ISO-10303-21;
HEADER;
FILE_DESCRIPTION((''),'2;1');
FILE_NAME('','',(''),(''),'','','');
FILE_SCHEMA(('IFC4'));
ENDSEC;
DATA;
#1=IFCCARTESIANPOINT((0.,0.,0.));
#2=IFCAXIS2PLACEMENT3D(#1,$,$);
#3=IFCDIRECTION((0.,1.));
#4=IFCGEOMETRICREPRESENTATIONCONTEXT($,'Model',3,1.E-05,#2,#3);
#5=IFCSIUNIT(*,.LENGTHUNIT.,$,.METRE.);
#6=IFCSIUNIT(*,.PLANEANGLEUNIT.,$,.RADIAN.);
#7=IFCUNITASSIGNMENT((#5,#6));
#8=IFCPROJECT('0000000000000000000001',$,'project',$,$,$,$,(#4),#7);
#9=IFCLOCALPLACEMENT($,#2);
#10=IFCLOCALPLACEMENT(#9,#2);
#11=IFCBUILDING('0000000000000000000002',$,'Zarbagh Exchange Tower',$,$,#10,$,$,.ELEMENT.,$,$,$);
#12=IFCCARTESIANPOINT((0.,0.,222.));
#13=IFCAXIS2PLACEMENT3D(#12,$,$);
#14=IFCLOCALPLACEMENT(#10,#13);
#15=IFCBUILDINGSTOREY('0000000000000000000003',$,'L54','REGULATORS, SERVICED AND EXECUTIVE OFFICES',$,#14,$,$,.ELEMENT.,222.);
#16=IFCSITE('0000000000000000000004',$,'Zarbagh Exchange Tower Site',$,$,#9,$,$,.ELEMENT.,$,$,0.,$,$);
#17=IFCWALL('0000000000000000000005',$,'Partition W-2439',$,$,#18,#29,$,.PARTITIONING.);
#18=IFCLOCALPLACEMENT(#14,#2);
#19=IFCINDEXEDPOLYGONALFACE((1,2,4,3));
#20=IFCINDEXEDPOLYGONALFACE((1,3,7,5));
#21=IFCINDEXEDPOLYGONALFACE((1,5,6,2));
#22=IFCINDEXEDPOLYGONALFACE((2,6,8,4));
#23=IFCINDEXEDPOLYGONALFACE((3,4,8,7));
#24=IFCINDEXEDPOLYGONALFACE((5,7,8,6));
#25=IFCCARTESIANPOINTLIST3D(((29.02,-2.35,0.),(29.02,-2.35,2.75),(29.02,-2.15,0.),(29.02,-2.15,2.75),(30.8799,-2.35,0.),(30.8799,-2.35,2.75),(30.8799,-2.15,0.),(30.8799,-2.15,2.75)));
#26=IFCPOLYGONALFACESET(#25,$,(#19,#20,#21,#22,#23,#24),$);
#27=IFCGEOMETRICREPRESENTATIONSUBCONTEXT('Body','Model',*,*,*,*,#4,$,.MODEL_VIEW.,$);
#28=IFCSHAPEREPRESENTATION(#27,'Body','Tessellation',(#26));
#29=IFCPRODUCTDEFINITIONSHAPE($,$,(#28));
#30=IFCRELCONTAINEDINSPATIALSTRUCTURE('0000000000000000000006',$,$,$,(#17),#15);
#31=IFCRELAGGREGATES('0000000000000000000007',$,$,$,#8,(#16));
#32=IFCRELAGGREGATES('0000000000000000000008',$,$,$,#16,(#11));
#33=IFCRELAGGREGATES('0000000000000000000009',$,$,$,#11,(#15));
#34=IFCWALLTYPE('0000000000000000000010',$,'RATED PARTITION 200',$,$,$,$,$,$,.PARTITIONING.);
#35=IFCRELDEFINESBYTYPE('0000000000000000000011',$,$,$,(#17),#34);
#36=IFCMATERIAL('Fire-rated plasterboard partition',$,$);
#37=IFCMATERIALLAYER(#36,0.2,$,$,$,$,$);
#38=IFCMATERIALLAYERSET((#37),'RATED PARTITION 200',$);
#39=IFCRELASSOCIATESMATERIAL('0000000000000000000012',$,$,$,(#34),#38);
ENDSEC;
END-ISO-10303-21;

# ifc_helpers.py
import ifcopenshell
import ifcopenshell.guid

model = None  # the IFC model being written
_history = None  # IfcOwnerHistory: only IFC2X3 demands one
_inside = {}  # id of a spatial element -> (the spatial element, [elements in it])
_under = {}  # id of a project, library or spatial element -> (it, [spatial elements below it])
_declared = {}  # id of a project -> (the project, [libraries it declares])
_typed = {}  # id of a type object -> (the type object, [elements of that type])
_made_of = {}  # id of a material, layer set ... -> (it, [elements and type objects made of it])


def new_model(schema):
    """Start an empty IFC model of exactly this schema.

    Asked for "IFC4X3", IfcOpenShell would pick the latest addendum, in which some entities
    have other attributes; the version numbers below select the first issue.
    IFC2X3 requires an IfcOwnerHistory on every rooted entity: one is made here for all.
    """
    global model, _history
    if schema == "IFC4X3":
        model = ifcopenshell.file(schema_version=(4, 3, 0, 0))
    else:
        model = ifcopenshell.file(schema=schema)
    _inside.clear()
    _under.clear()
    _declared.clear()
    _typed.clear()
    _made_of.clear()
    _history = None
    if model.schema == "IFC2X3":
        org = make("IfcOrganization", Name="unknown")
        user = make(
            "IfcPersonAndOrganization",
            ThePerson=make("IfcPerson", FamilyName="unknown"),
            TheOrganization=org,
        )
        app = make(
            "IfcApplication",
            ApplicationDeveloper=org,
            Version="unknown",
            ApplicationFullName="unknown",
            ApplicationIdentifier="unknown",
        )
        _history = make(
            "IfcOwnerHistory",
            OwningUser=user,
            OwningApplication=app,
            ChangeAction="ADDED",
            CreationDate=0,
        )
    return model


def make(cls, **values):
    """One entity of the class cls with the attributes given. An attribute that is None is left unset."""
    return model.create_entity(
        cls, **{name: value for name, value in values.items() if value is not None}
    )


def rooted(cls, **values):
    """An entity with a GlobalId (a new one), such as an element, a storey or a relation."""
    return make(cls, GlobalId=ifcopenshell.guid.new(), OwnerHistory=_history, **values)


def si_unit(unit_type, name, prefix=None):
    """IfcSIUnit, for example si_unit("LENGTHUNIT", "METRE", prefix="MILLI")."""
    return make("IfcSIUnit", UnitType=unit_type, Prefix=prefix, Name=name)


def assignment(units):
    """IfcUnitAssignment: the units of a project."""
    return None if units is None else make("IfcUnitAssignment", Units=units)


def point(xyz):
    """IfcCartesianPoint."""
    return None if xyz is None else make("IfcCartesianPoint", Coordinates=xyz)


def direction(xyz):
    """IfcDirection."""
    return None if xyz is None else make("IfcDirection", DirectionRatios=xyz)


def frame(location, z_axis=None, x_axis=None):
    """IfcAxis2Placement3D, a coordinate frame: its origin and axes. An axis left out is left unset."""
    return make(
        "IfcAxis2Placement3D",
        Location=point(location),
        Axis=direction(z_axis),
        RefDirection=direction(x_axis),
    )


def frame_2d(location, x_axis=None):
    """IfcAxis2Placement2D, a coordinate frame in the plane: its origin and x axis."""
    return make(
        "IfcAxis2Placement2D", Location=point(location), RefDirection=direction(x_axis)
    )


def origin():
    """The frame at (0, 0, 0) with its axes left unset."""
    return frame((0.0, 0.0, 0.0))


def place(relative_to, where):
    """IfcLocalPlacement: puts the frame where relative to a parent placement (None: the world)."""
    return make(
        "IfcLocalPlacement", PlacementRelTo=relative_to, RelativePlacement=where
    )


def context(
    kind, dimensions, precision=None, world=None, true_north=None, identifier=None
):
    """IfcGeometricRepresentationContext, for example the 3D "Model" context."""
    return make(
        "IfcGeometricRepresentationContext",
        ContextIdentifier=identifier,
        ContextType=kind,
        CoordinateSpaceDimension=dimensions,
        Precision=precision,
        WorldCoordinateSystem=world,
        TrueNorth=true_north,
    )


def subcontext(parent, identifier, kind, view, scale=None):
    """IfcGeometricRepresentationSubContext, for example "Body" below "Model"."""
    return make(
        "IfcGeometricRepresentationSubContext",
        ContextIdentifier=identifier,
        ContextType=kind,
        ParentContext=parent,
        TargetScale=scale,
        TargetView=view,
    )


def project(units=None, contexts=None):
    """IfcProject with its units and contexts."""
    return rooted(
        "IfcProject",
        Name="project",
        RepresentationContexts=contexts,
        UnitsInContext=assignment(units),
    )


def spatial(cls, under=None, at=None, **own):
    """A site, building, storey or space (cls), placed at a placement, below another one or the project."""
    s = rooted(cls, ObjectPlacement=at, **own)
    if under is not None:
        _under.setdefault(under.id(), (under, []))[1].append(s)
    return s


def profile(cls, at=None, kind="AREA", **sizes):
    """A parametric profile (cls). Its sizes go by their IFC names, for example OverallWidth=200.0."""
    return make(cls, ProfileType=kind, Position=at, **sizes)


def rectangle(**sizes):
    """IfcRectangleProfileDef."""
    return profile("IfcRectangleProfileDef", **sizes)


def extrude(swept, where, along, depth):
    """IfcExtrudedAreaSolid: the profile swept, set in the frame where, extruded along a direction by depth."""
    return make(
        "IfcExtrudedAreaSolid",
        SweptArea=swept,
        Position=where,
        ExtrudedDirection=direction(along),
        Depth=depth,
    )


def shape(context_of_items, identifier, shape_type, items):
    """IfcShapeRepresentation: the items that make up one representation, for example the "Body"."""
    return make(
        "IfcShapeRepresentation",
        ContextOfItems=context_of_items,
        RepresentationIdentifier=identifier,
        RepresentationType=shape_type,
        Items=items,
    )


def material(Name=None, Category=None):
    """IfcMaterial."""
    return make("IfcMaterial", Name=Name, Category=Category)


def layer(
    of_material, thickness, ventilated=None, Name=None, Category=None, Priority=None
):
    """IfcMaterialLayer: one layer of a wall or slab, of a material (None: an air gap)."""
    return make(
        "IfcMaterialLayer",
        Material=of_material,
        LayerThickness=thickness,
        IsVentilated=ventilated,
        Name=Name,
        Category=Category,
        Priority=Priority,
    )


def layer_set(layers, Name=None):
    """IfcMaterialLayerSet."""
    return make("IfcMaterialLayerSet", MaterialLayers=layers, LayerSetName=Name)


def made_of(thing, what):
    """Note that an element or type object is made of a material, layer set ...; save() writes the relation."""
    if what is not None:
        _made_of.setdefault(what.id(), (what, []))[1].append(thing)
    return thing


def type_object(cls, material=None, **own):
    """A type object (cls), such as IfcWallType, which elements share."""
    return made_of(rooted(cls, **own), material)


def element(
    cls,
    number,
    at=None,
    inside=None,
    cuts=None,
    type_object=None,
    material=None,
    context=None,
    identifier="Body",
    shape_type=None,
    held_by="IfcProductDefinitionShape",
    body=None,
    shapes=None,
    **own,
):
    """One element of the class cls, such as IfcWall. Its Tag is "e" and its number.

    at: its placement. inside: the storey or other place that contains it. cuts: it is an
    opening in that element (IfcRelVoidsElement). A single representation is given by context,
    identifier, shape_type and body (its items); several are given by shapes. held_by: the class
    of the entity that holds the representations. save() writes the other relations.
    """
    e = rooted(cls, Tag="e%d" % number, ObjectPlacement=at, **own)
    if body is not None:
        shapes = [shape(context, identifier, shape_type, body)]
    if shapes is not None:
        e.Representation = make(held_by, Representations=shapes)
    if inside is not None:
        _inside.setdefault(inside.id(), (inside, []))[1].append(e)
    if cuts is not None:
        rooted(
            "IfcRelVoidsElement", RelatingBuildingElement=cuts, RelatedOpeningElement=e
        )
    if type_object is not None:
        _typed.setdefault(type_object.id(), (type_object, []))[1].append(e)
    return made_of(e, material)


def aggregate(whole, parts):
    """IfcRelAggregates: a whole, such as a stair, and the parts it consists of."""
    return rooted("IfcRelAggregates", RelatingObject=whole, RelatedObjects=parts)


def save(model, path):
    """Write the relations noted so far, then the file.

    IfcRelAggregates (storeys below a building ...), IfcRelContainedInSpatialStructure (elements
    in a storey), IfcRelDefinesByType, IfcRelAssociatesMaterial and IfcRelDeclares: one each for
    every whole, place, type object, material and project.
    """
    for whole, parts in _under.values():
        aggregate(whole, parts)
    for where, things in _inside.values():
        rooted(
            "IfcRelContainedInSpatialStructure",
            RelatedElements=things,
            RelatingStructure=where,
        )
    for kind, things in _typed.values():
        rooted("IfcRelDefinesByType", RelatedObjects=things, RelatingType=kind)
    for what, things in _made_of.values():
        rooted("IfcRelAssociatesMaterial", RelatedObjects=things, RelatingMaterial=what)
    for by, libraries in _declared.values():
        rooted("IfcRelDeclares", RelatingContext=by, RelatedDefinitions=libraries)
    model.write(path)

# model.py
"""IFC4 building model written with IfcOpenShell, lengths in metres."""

from ifc_helpers import new_model, si_unit, direction, frame, frame_2d, origin, place, context, subcontext, project, spatial, rectangle, extrude, material, layer, layer_set, type_object, element, save


model = new_model("IFC4")

# Units and contexts
model_context = context("Model", 3, precision=1e-05, world=origin(), true_north=direction((0.0, 1.0)))
body_context = subcontext(model_context, "Body", "Model", "MODEL_VIEW")
ifc_project = project(units=[si_unit("LENGTHUNIT", "METRE"), si_unit("PLANEANGLEUNIT", "RADIAN")], contexts=[model_context])

# Site, building, storey
site_placement = place(None, origin())
site = spatial("IfcSite", under=ifc_project, at=site_placement, Name="Zarbagh Exchange Tower Site", CompositionType="ELEMENT", RefElevation=0.0)
building_placement = place(site_placement, origin())
building = spatial("IfcBuilding", under=site, at=building_placement, Name="Zarbagh Exchange Tower", CompositionType="ELEMENT")
storey_placement = place(building_placement, frame((0.0, 0.0, 222.0)))
storey = spatial("IfcBuildingStorey", under=building, at=storey_placement, Name="L54", Description="REGULATORS, SERVICED AND EXECUTIVE OFFICES", CompositionType="ELEMENT", Elevation=222.0)

# Shared definitions
ifc_material_1 = material(Name="Fire-rated plasterboard partition")
ifc_layer = layer(ifc_material_1, 0.2)
ifc_layer_set = layer_set([ifc_layer], Name="RATED PARTITION 200")
wall_type = type_object("IfcWallType", Name="RATED PARTITION 200", PredefinedType="PARTITIONING", material=ifc_layer_set)

# Wall
wall_1_placement = place(storey_placement, frame((29.02, -2.25, 0.0), z_axis=(0.0, 0.0, 1.0), x_axis=(1.0, 0.0, 0.0)))
element("IfcWall", 1, at=wall_1_placement, inside=storey, type_object=wall_type, Name="Partition W-2439", PredefinedType="PARTITIONING", context=body_context, shape_type="SweptSolid", body=[
    extrude(rectangle(XDim=1.8599, YDim=0.2, at=frame_2d((0.9299, 0.0))), origin(), (0.0, 0.0, 1.0), 2.75),
])

save(model, "model.ifc")
